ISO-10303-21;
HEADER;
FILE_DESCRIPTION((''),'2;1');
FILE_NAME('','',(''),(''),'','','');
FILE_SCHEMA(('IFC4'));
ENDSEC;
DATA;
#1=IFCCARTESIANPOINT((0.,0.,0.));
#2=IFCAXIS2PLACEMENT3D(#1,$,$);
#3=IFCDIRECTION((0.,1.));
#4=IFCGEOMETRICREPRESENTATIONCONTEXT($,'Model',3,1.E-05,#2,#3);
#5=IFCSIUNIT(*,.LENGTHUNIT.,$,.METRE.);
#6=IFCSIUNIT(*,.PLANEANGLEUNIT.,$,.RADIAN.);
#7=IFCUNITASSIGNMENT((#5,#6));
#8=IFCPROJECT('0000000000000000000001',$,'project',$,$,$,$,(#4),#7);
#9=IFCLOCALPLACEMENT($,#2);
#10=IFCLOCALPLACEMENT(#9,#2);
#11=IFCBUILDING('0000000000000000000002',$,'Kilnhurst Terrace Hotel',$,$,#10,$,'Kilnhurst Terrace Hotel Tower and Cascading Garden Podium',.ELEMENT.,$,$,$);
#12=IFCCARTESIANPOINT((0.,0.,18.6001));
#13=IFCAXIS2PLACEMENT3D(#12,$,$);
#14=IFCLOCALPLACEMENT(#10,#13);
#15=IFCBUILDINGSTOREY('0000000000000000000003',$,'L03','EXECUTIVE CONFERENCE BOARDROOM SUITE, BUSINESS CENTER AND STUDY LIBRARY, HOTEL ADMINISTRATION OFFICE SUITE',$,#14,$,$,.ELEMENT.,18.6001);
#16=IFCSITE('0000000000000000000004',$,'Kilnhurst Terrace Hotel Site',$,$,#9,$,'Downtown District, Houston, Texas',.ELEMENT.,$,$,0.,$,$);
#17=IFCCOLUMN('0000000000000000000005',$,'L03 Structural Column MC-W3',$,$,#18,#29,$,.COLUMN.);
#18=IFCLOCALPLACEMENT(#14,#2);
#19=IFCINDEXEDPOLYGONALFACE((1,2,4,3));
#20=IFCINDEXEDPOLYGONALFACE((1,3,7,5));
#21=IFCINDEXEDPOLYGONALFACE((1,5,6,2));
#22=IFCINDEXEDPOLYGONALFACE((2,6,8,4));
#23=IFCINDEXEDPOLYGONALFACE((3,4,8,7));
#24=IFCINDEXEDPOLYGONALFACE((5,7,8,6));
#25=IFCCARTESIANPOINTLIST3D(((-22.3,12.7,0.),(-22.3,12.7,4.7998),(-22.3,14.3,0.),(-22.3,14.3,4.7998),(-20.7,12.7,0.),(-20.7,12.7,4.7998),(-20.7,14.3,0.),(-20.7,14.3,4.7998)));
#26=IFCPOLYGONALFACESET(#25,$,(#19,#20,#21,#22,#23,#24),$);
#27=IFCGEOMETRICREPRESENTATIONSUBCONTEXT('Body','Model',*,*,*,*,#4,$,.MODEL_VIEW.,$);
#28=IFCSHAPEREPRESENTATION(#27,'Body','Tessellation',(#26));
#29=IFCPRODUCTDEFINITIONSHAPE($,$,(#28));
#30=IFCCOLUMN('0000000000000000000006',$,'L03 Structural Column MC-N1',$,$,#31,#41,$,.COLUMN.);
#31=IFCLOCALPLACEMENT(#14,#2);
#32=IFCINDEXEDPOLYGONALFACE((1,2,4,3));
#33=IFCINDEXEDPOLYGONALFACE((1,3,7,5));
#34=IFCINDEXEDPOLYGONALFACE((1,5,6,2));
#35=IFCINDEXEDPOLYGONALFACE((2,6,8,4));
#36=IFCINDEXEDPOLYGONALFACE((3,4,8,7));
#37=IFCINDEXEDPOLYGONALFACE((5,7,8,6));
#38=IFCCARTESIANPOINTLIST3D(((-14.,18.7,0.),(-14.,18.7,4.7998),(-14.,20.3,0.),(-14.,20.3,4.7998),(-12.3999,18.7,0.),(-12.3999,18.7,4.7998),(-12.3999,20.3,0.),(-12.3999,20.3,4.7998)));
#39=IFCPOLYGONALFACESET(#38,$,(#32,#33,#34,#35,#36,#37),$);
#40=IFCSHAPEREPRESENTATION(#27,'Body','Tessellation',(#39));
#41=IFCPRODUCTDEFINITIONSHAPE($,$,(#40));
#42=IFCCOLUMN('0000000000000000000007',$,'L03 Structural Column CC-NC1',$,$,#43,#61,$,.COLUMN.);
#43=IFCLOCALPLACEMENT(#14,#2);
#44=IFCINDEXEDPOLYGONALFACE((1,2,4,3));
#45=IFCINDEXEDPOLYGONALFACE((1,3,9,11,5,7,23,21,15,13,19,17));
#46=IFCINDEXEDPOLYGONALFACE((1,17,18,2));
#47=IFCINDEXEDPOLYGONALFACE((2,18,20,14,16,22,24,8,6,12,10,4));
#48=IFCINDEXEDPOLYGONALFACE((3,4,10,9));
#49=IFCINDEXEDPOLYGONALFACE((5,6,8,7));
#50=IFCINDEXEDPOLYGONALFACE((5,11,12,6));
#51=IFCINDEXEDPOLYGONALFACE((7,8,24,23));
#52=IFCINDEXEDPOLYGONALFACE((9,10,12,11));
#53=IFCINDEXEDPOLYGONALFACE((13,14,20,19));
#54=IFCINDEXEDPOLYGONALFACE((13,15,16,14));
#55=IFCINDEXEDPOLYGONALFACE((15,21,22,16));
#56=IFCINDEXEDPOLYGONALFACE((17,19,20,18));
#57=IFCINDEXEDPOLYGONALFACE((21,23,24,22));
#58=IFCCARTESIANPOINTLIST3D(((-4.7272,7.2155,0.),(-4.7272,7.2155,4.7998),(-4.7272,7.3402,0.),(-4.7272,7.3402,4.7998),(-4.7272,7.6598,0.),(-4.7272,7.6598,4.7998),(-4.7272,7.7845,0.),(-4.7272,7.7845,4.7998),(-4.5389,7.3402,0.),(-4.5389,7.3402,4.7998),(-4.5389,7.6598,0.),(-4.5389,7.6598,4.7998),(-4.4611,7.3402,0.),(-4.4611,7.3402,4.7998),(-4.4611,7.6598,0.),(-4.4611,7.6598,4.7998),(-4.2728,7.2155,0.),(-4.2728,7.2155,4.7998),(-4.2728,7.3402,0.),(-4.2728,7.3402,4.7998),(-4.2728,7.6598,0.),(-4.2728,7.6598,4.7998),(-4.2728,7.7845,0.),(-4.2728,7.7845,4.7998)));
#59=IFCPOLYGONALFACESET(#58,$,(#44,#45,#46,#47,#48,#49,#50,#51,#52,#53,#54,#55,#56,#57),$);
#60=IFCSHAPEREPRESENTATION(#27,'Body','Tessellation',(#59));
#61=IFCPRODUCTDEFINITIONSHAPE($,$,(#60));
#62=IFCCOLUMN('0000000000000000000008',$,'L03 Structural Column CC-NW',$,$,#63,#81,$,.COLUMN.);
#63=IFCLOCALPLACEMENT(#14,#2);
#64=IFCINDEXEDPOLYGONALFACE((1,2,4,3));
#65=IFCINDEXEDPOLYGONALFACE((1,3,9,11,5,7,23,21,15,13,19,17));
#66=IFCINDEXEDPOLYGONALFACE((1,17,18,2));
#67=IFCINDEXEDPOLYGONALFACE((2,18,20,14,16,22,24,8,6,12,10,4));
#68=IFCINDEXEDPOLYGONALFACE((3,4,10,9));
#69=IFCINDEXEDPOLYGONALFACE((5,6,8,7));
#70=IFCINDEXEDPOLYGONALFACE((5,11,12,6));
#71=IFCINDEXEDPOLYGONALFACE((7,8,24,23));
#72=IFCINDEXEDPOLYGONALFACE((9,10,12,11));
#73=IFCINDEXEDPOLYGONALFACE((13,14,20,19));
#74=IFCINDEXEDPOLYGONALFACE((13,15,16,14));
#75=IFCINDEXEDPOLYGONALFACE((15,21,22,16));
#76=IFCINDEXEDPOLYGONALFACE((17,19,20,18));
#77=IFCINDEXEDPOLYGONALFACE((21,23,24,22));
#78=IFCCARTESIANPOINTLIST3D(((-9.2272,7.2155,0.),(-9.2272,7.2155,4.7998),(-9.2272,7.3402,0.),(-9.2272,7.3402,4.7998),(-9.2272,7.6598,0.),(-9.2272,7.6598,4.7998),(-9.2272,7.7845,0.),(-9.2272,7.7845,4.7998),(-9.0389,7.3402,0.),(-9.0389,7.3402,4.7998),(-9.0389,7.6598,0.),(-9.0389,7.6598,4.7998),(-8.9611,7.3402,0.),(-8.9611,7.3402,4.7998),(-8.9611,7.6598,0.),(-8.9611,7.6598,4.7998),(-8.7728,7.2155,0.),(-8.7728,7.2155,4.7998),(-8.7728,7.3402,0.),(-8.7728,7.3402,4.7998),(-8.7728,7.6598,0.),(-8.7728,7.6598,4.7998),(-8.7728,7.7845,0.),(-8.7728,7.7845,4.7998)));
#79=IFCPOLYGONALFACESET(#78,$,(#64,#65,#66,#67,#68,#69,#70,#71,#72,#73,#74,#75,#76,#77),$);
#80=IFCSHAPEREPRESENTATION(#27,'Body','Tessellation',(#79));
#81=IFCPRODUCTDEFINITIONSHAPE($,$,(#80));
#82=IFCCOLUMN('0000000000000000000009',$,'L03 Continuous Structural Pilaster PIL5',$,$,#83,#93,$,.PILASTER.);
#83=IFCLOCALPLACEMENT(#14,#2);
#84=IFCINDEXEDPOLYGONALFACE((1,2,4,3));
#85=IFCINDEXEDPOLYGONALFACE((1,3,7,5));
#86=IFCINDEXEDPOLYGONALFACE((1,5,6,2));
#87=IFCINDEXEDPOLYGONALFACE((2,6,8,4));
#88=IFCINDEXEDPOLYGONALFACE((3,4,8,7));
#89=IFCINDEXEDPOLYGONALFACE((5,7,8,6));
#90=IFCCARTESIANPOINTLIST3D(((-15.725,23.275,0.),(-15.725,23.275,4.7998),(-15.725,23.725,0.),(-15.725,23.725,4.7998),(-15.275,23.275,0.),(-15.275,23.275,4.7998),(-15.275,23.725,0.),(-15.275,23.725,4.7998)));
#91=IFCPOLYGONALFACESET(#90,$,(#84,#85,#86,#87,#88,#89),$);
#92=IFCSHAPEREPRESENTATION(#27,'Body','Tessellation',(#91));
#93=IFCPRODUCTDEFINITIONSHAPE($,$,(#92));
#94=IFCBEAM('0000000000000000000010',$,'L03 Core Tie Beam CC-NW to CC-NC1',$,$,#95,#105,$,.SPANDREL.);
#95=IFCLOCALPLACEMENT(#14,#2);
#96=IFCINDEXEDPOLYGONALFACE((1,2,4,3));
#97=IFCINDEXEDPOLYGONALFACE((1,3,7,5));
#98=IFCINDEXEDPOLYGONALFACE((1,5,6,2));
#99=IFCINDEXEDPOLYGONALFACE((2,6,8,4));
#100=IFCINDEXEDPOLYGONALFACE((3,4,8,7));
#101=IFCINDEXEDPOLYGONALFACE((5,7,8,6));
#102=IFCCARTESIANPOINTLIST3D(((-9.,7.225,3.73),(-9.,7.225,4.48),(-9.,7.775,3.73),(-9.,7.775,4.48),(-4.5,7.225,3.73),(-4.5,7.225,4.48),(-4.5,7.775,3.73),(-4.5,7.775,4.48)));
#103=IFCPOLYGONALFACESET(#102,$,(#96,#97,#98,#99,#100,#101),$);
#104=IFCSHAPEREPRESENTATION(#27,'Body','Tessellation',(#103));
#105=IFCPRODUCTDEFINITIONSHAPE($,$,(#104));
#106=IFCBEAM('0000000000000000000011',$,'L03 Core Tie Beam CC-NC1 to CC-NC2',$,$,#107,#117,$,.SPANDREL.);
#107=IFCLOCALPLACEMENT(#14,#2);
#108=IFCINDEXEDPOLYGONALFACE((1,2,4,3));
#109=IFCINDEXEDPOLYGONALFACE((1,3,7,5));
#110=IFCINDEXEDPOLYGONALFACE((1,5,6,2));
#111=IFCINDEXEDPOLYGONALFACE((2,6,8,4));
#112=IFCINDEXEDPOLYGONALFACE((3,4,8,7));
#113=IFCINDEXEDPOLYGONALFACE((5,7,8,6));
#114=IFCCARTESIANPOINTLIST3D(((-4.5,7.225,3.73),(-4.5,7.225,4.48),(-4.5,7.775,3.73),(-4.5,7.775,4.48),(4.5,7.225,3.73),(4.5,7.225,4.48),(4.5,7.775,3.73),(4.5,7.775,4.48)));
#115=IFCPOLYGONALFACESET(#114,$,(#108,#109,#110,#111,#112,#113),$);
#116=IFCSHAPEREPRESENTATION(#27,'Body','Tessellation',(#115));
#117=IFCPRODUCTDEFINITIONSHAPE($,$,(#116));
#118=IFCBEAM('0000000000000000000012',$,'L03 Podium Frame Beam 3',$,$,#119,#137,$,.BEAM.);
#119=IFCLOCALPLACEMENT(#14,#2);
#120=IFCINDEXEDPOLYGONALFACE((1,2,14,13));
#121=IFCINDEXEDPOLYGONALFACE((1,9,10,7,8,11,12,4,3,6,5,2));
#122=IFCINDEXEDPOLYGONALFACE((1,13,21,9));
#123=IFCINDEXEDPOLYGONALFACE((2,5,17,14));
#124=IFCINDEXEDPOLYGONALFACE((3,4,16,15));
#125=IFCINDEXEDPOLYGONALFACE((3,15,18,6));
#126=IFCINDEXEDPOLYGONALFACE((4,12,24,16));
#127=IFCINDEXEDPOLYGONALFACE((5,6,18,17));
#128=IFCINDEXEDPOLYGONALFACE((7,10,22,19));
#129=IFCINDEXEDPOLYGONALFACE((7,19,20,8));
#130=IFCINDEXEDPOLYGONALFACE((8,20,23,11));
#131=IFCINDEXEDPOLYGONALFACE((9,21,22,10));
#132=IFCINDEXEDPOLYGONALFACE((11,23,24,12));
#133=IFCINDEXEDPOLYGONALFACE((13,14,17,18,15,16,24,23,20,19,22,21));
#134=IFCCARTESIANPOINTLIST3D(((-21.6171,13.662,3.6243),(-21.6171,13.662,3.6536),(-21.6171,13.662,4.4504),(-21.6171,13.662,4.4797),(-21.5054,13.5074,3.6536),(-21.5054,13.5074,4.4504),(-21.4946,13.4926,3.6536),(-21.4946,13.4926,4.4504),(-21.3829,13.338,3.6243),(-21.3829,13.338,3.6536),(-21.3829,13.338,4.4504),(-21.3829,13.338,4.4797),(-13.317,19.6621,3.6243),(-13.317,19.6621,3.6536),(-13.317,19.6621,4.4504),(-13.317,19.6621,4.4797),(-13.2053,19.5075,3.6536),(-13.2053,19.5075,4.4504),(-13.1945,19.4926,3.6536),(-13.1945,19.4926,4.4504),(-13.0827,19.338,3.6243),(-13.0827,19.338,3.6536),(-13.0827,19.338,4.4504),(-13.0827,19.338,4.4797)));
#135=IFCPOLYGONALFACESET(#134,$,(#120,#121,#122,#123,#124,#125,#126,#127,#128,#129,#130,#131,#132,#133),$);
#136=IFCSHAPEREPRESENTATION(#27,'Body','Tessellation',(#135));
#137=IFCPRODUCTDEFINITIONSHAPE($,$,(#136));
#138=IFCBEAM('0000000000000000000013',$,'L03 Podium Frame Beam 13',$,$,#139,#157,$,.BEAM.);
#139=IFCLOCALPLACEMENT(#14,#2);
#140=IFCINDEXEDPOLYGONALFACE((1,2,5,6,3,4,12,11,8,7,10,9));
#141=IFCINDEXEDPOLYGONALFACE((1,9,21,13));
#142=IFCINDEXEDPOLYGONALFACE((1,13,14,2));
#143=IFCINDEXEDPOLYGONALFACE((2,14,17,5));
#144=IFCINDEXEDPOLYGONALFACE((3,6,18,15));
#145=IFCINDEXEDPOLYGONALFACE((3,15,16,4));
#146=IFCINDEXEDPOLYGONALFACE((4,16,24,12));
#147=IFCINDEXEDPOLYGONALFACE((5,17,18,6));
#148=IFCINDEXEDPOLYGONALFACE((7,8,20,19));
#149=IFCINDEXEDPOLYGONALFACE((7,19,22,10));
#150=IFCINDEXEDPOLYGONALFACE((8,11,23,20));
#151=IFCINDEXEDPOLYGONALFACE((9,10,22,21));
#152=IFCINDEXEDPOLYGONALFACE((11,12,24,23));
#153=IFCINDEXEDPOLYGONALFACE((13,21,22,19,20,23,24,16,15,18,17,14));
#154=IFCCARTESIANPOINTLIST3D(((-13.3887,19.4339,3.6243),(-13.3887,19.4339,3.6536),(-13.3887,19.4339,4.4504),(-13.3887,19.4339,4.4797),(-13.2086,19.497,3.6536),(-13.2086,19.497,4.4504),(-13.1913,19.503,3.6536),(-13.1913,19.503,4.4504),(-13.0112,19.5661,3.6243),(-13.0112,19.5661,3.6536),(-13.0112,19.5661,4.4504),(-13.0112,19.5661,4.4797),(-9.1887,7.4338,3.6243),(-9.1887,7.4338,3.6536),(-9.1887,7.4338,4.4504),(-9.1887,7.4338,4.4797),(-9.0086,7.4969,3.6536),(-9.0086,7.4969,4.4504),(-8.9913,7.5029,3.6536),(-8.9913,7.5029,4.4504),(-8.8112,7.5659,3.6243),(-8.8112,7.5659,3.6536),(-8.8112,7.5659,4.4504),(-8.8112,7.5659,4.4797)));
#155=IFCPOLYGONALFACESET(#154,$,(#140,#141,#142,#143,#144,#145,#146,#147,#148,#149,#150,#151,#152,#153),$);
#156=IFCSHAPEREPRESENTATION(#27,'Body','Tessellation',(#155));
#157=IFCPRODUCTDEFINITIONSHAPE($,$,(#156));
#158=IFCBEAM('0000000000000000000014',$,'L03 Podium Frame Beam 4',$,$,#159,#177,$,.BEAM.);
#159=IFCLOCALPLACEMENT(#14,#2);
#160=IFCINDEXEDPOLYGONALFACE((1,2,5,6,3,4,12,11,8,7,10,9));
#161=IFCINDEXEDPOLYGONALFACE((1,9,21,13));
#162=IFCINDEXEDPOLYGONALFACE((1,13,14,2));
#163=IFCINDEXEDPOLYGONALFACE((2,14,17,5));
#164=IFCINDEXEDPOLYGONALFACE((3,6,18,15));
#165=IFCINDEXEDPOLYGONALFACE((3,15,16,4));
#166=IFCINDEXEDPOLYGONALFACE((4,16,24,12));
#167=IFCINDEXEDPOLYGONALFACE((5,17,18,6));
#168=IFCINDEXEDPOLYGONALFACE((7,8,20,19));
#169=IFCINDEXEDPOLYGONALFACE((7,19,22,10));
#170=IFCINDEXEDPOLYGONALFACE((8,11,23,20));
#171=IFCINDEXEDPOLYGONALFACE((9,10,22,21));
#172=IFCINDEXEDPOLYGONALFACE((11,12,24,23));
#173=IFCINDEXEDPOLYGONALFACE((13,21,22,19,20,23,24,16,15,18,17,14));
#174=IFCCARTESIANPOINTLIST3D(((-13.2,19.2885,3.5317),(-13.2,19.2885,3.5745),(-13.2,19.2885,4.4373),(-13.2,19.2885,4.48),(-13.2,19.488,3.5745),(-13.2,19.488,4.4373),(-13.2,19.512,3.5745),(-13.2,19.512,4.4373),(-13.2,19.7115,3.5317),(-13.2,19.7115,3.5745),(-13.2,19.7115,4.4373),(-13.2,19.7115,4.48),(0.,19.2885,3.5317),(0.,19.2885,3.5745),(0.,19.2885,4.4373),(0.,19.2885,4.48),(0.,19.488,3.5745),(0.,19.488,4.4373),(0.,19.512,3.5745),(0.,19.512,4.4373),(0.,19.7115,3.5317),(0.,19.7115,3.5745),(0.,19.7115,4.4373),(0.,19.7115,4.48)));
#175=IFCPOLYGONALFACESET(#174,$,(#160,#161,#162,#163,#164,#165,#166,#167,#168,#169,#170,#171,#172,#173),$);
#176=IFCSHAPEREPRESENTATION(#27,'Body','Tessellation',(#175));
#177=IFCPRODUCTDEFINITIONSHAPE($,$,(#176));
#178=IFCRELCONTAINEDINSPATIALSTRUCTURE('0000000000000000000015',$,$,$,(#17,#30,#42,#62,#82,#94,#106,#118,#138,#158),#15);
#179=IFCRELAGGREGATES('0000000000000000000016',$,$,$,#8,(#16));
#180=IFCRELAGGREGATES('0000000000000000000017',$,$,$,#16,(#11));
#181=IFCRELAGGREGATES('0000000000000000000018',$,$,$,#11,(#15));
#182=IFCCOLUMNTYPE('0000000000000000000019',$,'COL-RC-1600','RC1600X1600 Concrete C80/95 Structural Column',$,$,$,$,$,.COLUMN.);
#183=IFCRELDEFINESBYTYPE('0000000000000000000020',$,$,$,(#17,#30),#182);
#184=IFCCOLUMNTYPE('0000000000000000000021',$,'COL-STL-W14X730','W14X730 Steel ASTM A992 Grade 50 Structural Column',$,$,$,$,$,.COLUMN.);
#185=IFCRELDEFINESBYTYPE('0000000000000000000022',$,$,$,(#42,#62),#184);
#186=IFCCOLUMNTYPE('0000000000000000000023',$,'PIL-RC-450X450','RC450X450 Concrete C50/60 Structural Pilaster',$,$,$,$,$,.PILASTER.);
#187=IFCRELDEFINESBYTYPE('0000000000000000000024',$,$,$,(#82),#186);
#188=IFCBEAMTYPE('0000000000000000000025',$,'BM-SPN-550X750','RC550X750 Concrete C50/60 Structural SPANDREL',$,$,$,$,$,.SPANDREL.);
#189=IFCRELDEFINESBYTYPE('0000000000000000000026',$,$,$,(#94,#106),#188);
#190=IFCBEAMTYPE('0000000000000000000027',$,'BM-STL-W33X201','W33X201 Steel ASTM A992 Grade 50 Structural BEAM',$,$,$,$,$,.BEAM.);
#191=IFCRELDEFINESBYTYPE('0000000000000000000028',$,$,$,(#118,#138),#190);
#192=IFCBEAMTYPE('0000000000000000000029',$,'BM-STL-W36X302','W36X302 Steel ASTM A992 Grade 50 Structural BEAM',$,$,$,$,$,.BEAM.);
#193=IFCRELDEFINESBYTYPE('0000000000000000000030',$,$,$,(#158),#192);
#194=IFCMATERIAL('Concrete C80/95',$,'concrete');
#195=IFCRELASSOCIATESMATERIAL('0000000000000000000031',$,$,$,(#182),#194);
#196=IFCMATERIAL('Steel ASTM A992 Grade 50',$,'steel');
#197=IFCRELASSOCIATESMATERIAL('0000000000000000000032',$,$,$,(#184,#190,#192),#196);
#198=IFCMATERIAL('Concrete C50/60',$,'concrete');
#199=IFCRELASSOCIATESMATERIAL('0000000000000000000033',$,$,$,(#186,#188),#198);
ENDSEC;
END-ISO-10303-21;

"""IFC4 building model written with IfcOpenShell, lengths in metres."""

from ifc_helpers import new_model, si_unit, direction, frame, origin, origin_2d, place, context, subcontext, project, spatial, rectangle, i_section, extrude, material, material_profile, profile_set, type_object, element, save


model = new_model("IFC4")

# Units and contexts
model_context = context("Model", 3, precision=1e-05, world=origin(), true_north=direction((0.0, 1.0)))
body_context = subcontext(model_context, "Body", "Model", "MODEL_VIEW")
ifc_project = project(units=[si_unit("LENGTHUNIT", "METRE"), si_unit("PLANEANGLEUNIT", "RADIAN")], contexts=[model_context])

# Site, building, storey
site_placement = place(None, origin())
site = spatial("IfcSite", under=ifc_project, at=site_placement, Name="Kilnhurst Terrace Hotel Site", LongName="Downtown District, Houston, Texas", CompositionType="ELEMENT", RefElevation=0.0)
building_placement = place(site_placement, origin())
building = spatial("IfcBuilding", under=site, at=building_placement, Name="Kilnhurst Terrace Hotel", LongName="Kilnhurst Terrace Hotel Tower and Cascading Garden Podium", CompositionType="ELEMENT")
storey_placement = place(building_placement, frame((0.0, 0.0, 18.6001)))
storey = spatial("IfcBuildingStorey", under=building, at=storey_placement, Name="L03", Description="EXECUTIVE CONFERENCE BOARDROOM SUITE, BUSINESS CENTER AND STUDY LIBRARY, HOTEL ADMINISTRATION OFFICE SUITE", CompositionType="ELEMENT", Elevation=18.6001)

# Columns
ifc_material_1 = material(Name="Concrete C80/95", Category="concrete")
ifc_material_profile_1 = material_profile(ifc_material_1, rectangle(XDim=1.6001, YDim=1.6001, at=origin_2d()), Name="RC1600X1600")
ifc_profile_set_1 = profile_set([ifc_material_profile_1], Name="Concrete C80/95")
column_type_1 = type_object("IfcColumnType", Name="COL-RC-1600", Description="RC1600X1600 Concrete C80/95 Structural Column", PredefinedType="COLUMN", material=ifc_profile_set_1)
for number, where, z_axis, x_axis, name in (
    (1, (-21.5, 13.5, 0.0), (0.0, 0.0, 1.0), (1.0, 0.0, 0.0), "L03 Structural Column MC-W3"),
    (2, (-13.2, 19.5, 0.0), (0.0, 0.0, 1.0), (1.0, 0.0, 0.0), "L03 Structural Column MC-N1"),
):
    element("IfcColumn", number, at=place(storey_placement, frame(where, z_axis=z_axis, x_axis=x_axis)), inside=storey, type_object=column_type_1, Name=name, PredefinedType="COLUMN", context=body_context, shape_type="SweptSolid", body=[
        extrude(rectangle(XDim=1.6001, YDim=1.6001, at=origin_2d()), origin(), (0.0, 0.0, 1.0), 4.7998),
    ])
ifc_material_2 = material(Name="Steel ASTM A992 Grade 50", Category="steel")
ifc_material_profile_2 = material_profile(ifc_material_2, i_section(OverallWidth=0.4543, OverallDepth=0.5691, WebThickness=0.0779, FlangeThickness=0.1248, at=origin_2d()), Name="W14X730")
ifc_profile_set_2 = profile_set([ifc_material_profile_2], Name="Steel ASTM A992 Grade 50")
column_type_2 = type_object("IfcColumnType", Name="COL-STL-W14X730", Description="W14X730 Steel ASTM A992 Grade 50 Structural Column", PredefinedType="COLUMN", material=ifc_profile_set_2)
for number, where, z_axis, x_axis, name in (
    (3, (-4.5, 7.5, 0.0), (0.0, 0.0, 1.0), (1.0, 0.0, 0.0), "L03 Structural Column CC-NC1"),
    (4, (-9.0, 7.5, 0.0), (0.0, 0.0, 1.0), (1.0, 0.0, 0.0), "L03 Structural Column CC-NW"),
):
    element("IfcColumn", number, at=place(storey_placement, frame(where, z_axis=z_axis, x_axis=x_axis)), inside=storey, type_object=column_type_2, Name=name, PredefinedType="COLUMN", context=body_context, shape_type="SweptSolid", body=[
        extrude(i_section(OverallWidth=0.4543, OverallDepth=0.5691, WebThickness=0.0779, FlangeThickness=0.1248, at=origin_2d()), origin(), (0.0, 0.0, 1.0), 4.7998),
    ])
ifc_material_3 = material(Name="Concrete C50/60", Category="concrete")
ifc_material_profile_3 = material_profile(ifc_material_3, rectangle(XDim=0.45, YDim=0.45, at=origin_2d()), Name="RC450X450")
ifc_profile_set_3 = profile_set([ifc_material_profile_3], Name="Concrete C50/60")
column_type_3 = type_object("IfcColumnType", Name="PIL-RC-450X450", Description="RC450X450 Concrete C50/60 Structural Pilaster", PredefinedType="PILASTER", material=ifc_profile_set_3)
column_placement = place(storey_placement, frame((-15.5, 23.5, 0.0), z_axis=(0.0, 0.0, 1.0), x_axis=(1.0, 0.0, 0.0)))
element("IfcColumn", 5, at=column_placement, inside=storey, type_object=column_type_3, Name="L03 Continuous Structural Pilaster PIL5", PredefinedType="PILASTER", context=body_context, shape_type="SweptSolid", body=[
    extrude(rectangle(XDim=0.45, YDim=0.45, at=origin_2d()), origin(), (0.0, 0.0, 1.0), 4.7998),
])

# Beams
ifc_material_profile_4 = material_profile(ifc_material_3, rectangle(XDim=0.55, YDim=0.75, at=origin_2d()), Name="RC550X750")
ifc_profile_set_4 = profile_set([ifc_material_profile_4], Name="Concrete C50/60")
beam_type_1 = type_object("IfcBeamType", Name="BM-SPN-550X750", Description="RC550X750 Concrete C50/60 Structural SPANDREL", PredefinedType="SPANDREL", material=ifc_profile_set_4)
beam_1_placement = place(storey_placement, frame((-9.0, 7.5, 4.105), z_axis=(1.0, 0.0, 0.0), x_axis=(0.0, 1.0, 0.0)))
element("IfcBeam", 6, at=beam_1_placement, inside=storey, type_object=beam_type_1, Name="L03 Core Tie Beam CC-NW to CC-NC1", PredefinedType="SPANDREL", context=body_context, shape_type="SweptSolid", body=[
    extrude(rectangle(XDim=0.55, YDim=0.75, at=origin_2d()), origin(), (0.0, 0.0, 1.0), 4.5),
])
beam_2_placement = place(storey_placement, frame((-4.5, 7.5, 4.105), z_axis=(1.0, 0.0, 0.0), x_axis=(0.0, 1.0, 0.0)))
element("IfcBeam", 7, at=beam_2_placement, inside=storey, type_object=beam_type_1, Name="L03 Core Tie Beam CC-NC1 to CC-NC2", PredefinedType="SPANDREL", context=body_context, shape_type="SweptSolid", body=[
    extrude(rectangle(XDim=0.55, YDim=0.75, at=origin_2d()), origin(), (0.0, 0.0, 1.0), 9.0),
])
ifc_material_profile_5 = material_profile(ifc_material_2, i_section(OverallWidth=0.3999, OverallDepth=0.8555, WebThickness=0.0183, FlangeThickness=0.0293, at=origin_2d()), Name="W33X201")
ifc_profile_set_5 = profile_set([ifc_material_profile_5], Name="Steel ASTM A992 Grade 50")
beam_type_2 = type_object("IfcBeamType", Name="BM-STL-W33X201", Description="W33X201 Steel ASTM A992 Grade 50 Structural BEAM", PredefinedType="BEAM", material=ifc_profile_set_5)
beam_3_placement = place(storey_placement, frame((-21.5, 13.5, 4.052), z_axis=(0.810423, 0.585845, 0.0), x_axis=(-0.585845, 0.810423, 0.0)))
element("IfcBeam", 8, at=beam_3_placement, inside=storey, type_object=beam_type_2, Name="L03 Podium Frame Beam 3", PredefinedType="BEAM", context=body_context, shape_type="SweptSolid", body=[
    extrude(i_section(OverallWidth=0.3999, OverallDepth=0.8555, WebThickness=0.0183, FlangeThickness=0.0293, at=origin_2d()), origin(), (0.0, 0.0, 1.0), 10.2417),
])
beam_4_placement = place(storey_placement, frame((-13.2, 19.5, 4.052), z_axis=(0.330347, -0.94386, 0.0), x_axis=(0.94386, 0.330347, 0.0)))
element("IfcBeam", 9, at=beam_4_placement, inside=storey, type_object=beam_type_2, Name="L03 Podium Frame Beam 13", PredefinedType="BEAM", context=body_context, shape_type="SweptSolid", body=[
    extrude(i_section(OverallWidth=0.3999, OverallDepth=0.8555, WebThickness=0.0183, FlangeThickness=0.0293, at=origin_2d()), origin(), (0.0, 0.0, 1.0), 12.7139),
])
ifc_material_profile_6 = material_profile(ifc_material_2, i_section(OverallWidth=0.4231, OverallDepth=0.9482, WebThickness=0.0239, FlangeThickness=0.0427, at=origin_2d()), Name="W36X302")
ifc_profile_set_6 = profile_set([ifc_material_profile_6], Name="Steel ASTM A992 Grade 50")
beam_type_3 = type_object("IfcBeamType", Name="BM-STL-W36X302", Description="W36X302 Steel ASTM A992 Grade 50 Structural BEAM", PredefinedType="BEAM", material=ifc_profile_set_6)
beam_5_placement = place(storey_placement, frame((-13.2, 19.5, 4.0059), z_axis=(1.0, 0.0, 0.0), x_axis=(0.0, 1.0, 0.0)))
element("IfcBeam", 10, at=beam_5_placement, inside=storey, type_object=beam_type_3, Name="L03 Podium Frame Beam 4", PredefinedType="BEAM", context=body_context, shape_type="SweptSolid", body=[
    extrude(i_section(OverallWidth=0.4231, OverallDepth=0.9482, WebThickness=0.0239, FlangeThickness=0.0427, at=origin_2d()), origin(), (0.0, 0.0, 1.0), 13.2),
])

save(model, "model.ifc")
